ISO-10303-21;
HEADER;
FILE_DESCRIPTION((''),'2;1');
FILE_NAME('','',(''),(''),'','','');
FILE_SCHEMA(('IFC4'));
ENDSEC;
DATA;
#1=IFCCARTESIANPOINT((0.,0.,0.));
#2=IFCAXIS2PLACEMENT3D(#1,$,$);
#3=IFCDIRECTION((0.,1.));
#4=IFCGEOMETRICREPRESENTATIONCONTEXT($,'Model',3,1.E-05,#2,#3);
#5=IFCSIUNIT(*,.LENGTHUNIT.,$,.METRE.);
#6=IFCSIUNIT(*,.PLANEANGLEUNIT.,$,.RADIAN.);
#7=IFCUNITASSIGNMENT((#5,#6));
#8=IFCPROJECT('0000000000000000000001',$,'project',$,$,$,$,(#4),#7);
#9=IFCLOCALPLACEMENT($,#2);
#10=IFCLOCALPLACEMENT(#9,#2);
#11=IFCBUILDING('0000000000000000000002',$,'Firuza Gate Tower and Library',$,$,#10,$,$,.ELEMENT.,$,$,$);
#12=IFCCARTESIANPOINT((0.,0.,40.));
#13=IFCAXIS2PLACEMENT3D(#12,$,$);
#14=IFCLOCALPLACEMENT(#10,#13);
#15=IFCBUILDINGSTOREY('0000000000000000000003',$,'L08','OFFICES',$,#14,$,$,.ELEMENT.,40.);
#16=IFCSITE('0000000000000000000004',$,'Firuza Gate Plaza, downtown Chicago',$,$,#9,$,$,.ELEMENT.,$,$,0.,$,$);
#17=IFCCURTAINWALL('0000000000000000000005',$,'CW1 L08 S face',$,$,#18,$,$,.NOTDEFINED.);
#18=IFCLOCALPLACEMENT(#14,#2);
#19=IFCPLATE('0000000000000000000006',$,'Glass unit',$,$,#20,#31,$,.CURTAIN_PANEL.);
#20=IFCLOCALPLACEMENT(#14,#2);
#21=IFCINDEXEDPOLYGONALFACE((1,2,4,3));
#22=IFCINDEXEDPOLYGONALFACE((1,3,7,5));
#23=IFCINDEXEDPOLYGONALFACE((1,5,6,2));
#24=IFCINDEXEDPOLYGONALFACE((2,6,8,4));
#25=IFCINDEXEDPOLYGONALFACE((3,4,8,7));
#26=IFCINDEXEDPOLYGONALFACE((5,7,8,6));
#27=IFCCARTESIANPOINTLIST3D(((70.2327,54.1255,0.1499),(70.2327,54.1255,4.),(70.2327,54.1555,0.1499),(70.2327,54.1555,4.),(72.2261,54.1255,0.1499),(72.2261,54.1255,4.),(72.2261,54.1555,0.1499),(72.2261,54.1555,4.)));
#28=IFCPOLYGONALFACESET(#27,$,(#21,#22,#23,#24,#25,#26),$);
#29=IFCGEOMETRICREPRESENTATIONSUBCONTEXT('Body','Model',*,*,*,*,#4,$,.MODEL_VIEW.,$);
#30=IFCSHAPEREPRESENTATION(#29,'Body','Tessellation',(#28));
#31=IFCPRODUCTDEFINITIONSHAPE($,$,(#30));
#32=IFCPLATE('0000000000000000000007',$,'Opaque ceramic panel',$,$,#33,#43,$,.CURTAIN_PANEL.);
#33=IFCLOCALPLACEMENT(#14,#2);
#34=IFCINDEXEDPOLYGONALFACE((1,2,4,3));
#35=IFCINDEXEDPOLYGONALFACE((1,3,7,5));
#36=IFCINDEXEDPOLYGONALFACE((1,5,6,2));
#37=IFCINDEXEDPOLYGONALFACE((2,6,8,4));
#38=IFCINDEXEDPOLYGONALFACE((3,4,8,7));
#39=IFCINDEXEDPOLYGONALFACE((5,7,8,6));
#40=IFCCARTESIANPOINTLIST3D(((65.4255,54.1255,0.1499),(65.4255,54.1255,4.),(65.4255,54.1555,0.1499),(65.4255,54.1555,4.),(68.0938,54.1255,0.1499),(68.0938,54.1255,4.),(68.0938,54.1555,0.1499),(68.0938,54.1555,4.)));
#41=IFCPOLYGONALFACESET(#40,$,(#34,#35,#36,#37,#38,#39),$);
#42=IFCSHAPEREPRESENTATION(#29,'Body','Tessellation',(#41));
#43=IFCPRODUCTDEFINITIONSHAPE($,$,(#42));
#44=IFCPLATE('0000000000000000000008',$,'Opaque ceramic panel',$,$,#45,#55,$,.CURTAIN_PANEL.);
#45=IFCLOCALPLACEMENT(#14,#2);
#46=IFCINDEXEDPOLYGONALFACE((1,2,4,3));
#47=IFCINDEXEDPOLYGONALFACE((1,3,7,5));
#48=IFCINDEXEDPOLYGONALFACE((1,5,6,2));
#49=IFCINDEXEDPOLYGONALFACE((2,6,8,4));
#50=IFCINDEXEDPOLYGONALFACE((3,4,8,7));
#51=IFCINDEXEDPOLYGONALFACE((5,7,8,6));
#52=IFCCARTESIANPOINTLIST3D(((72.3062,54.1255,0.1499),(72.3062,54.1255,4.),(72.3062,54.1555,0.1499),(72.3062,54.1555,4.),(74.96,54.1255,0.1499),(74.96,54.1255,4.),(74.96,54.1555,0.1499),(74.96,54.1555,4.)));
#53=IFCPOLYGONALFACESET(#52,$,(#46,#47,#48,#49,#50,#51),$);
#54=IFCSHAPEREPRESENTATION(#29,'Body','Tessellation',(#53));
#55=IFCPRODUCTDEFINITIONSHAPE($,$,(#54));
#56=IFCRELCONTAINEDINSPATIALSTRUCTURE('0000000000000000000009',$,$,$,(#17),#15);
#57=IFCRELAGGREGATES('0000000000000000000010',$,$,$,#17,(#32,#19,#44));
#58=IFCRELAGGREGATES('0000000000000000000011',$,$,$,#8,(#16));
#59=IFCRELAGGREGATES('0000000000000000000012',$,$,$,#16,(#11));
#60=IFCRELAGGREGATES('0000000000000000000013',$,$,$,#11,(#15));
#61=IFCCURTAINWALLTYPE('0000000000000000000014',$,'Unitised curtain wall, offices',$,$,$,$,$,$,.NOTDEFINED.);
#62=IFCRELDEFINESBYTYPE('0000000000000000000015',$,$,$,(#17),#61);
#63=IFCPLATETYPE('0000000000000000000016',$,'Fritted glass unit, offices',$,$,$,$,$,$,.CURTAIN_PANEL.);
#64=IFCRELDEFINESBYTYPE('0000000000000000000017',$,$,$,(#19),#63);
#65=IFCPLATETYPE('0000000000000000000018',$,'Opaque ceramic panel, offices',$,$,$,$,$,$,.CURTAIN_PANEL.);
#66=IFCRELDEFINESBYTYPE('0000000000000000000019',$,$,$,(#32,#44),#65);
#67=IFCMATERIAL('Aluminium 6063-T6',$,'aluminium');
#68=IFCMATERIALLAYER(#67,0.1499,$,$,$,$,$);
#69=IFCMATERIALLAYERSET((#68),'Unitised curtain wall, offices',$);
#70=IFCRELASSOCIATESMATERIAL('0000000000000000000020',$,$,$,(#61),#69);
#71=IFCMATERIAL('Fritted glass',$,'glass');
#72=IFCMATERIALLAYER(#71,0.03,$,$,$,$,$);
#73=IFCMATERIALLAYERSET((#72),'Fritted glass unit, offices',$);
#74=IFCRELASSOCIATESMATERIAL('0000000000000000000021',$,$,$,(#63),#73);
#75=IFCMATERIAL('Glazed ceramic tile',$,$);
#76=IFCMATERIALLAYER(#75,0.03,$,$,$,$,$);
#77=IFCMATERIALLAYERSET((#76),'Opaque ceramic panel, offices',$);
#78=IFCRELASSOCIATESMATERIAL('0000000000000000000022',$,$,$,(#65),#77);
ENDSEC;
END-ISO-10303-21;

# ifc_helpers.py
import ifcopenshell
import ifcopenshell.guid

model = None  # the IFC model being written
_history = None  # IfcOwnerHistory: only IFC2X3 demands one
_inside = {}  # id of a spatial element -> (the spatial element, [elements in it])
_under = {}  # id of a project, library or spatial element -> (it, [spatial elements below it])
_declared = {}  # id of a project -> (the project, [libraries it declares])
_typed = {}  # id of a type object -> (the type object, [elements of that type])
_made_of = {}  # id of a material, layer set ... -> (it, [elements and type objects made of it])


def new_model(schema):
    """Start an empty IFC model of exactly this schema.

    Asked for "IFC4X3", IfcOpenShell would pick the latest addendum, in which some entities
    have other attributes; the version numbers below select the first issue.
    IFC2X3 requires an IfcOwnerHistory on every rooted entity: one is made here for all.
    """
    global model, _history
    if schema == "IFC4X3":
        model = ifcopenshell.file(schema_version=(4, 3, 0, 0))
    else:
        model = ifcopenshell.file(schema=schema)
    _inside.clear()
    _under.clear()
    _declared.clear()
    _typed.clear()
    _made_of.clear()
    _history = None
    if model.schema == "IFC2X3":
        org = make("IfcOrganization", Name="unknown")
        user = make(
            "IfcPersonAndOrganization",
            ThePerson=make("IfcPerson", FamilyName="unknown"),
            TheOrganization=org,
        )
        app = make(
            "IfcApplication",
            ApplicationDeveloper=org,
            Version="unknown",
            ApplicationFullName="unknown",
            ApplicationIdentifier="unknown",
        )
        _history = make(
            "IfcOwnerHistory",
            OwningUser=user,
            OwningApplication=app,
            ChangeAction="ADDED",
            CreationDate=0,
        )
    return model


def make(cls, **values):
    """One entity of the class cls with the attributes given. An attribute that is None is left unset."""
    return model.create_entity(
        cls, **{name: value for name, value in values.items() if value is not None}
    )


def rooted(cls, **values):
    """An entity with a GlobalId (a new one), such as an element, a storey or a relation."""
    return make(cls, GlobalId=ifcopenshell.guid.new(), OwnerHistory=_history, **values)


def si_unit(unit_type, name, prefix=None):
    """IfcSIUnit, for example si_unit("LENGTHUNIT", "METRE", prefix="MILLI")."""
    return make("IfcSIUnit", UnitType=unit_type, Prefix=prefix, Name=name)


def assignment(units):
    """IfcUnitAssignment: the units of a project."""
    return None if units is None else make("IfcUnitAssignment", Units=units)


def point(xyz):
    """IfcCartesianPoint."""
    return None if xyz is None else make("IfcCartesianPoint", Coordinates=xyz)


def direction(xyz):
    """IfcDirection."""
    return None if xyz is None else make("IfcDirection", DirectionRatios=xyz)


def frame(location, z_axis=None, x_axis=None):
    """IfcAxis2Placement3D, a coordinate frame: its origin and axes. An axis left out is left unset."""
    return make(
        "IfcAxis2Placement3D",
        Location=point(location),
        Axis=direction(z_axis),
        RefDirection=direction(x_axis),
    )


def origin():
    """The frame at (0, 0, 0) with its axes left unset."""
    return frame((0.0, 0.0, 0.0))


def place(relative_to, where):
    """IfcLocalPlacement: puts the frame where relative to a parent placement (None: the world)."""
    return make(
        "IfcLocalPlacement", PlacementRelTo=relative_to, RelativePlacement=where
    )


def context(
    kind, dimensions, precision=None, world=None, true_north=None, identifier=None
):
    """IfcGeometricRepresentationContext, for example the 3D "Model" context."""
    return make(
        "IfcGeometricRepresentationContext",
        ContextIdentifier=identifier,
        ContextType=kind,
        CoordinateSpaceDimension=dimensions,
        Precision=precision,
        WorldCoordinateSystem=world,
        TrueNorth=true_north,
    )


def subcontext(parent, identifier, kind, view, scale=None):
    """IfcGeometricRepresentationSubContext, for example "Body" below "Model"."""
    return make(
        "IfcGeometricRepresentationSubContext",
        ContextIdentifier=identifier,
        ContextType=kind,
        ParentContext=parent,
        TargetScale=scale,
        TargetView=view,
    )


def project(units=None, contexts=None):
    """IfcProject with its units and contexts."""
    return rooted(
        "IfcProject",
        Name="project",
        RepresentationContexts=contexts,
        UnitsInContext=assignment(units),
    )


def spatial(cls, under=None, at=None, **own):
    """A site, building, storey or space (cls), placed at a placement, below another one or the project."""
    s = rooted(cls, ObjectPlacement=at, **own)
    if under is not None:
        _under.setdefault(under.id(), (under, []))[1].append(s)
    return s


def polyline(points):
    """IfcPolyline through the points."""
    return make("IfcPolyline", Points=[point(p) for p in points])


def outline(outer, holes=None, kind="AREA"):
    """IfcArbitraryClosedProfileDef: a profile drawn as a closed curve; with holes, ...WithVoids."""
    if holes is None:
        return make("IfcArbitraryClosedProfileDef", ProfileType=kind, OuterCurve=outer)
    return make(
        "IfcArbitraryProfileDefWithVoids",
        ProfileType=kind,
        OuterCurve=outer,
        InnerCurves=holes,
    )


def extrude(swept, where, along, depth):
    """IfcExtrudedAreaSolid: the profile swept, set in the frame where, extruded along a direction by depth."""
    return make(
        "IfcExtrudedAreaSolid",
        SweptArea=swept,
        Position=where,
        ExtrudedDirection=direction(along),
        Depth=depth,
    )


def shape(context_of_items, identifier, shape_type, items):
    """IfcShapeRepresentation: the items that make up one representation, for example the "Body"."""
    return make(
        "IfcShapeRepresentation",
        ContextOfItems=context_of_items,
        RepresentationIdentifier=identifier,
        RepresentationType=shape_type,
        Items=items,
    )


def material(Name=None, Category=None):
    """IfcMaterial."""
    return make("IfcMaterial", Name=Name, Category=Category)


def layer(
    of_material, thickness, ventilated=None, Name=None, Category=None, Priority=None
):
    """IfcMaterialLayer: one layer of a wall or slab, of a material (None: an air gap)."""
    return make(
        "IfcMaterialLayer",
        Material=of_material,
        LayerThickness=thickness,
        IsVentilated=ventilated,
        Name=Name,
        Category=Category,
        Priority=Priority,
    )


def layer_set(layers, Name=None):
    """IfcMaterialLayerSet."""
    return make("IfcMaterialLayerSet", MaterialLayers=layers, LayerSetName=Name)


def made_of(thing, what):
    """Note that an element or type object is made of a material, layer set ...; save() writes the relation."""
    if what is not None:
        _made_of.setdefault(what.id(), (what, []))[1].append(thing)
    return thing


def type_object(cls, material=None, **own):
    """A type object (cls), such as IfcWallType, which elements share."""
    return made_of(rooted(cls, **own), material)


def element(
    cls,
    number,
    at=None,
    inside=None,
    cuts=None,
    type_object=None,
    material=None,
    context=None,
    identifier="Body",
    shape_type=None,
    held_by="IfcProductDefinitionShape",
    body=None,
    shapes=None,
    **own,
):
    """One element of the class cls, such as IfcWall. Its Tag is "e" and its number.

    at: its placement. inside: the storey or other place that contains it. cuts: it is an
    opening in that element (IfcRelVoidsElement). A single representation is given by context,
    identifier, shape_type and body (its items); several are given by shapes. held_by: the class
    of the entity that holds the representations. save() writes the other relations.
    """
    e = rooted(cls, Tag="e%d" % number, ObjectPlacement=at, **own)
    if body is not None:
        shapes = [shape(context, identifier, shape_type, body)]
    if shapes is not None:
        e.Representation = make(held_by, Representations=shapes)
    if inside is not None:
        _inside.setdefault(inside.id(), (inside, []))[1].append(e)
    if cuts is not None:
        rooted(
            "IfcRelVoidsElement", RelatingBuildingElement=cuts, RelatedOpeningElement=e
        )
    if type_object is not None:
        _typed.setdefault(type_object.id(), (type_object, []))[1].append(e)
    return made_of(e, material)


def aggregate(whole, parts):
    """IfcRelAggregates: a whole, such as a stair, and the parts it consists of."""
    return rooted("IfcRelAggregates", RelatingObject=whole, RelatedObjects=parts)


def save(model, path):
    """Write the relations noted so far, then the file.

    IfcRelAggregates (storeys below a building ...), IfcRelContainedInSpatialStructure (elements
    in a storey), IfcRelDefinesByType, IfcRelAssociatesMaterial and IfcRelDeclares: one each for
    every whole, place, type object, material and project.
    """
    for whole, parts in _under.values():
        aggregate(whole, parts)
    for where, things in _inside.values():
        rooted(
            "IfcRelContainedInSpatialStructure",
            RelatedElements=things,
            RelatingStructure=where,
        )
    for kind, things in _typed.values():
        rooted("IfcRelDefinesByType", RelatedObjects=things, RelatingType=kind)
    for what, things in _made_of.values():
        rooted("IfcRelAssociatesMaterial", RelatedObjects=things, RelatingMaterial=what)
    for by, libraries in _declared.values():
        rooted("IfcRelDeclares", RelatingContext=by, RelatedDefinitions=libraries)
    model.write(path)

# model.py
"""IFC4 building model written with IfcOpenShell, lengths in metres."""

from ifc_helpers import new_model, si_unit, direction, frame, origin, place, context, subcontext, project, spatial, polyline, outline, extrude, material, layer, layer_set, type_object, element, aggregate, save


model = new_model("IFC4")

# Units and contexts
model_context = context("Model", 3, precision=1e-05, world=origin(), true_north=direction((0.0, 1.0)))
body_context = subcontext(model_context, "Body", "Model", "MODEL_VIEW")
ifc_project = project(units=[si_unit("LENGTHUNIT", "METRE"), si_unit("PLANEANGLEUNIT", "RADIAN")], contexts=[model_context])

# Site, building, storey
site_placement = place(None, origin())
site = spatial("IfcSite", under=ifc_project, at=site_placement, Name="Firuza Gate Plaza, downtown Chicago", CompositionType="ELEMENT", RefElevation=0.0)
building_placement = place(site_placement, origin())
building = spatial("IfcBuilding", under=site, at=building_placement, Name="Firuza Gate Tower and Library", CompositionType="ELEMENT")
storey_placement = place(building_placement, frame((0.0, 0.0, 40.0)))
storey = spatial("IfcBuildingStorey", under=building, at=storey_placement, Name="L08", Description="OFFICES", CompositionType="ELEMENT", Elevation=40.0)

# Curtain wall
ifc_material_1 = material(Name="Aluminium 6063-T6", Category="aluminium")
ifc_layer_1 = layer(ifc_material_1, 0.1499)
ifc_layer_set_1 = layer_set([ifc_layer_1], Name="Unitised curtain wall, offices")
curtain_wall_type = type_object("IfcCurtainWallType", Name="Unitised curtain wall, offices", PredefinedType="NOTDEFINED", material=ifc_layer_set_1)
curtain_wall_placement = place(storey_placement, origin())
curtain_wall = element("IfcCurtainWall", 1, at=curtain_wall_placement, inside=storey, type_object=curtain_wall_type, Name="CW1 L08 S face", PredefinedType="NOTDEFINED")

# Plates
ifc_material_2 = material(Name="Fritted glass", Category="glass")
ifc_layer_2 = layer(ifc_material_2, 0.03)
ifc_layer_set_2 = layer_set([ifc_layer_2], Name="Fritted glass unit, offices")
plate_type_1 = type_object("IfcPlateType", Name="Fritted glass unit, offices", PredefinedType="CURTAIN_PANEL", material=ifc_layer_set_2)
plate_1_placement = place(storey_placement, frame((70.2327, 54.1255, 0.1499), z_axis=(0.0, -1.0, 0.0), x_axis=(1.0, 0.0, 0.0)))
plate_1 = element("IfcPlate", 2, at=plate_1_placement, type_object=plate_type_1, Name="Glass unit", PredefinedType="CURTAIN_PANEL", context=body_context, shape_type="SweptSolid", body=[
    extrude(outline(polyline([(0.0, 0.0), (1.9934, 0.0), (1.9934, 3.8501), (0.0, 3.8501), (0.0, 0.0)])), origin(), (0.0, 0.0, -1.0), 0.03),
])
ifc_material_3 = material(Name="Glazed ceramic tile")
ifc_layer_3 = layer(ifc_material_3, 0.03)
ifc_layer_set_3 = layer_set([ifc_layer_3], Name="Opaque ceramic panel, offices")
plate_type_2 = type_object("IfcPlateType", Name="Opaque ceramic panel, offices", PredefinedType="CURTAIN_PANEL", material=ifc_layer_set_3)
plate_2_placement = place(storey_placement, frame((65.4255, 54.1255, 0.1499), z_axis=(0.0, -1.0, 0.0), x_axis=(1.0, 0.0, 0.0)))
plate_2 = element("IfcPlate", 3, at=plate_2_placement, type_object=plate_type_2, Name="Opaque ceramic panel", PredefinedType="CURTAIN_PANEL", context=body_context, shape_type="SweptSolid", body=[
    extrude(outline(polyline([(0.0, 0.0), (2.6682, 0.0), (2.6682, 3.8501), (0.0, 3.8501), (0.0, 0.0)])), origin(), (0.0, 0.0, -1.0), 0.03),
])
plate_3_placement = place(storey_placement, frame((72.3062, 54.1255, 0.1499), z_axis=(0.0, -1.0, 0.0), x_axis=(1.0, 0.0, 0.0)))
plate_3 = element("IfcPlate", 4, at=plate_3_placement, type_object=plate_type_2, Name="Opaque ceramic panel", PredefinedType="CURTAIN_PANEL", context=body_context, shape_type="SweptSolid", body=[
    extrude(outline(polyline([(0.0, 0.0), (2.6538, 0.0), (2.6538, 3.8501), (0.0, 3.8501), (0.0, 0.0)])), origin(), (0.0, 0.0, -1.0), 0.03),
])
aggregate(curtain_wall, [plate_2, plate_1, plate_3])

save(model, "model.ifc")
